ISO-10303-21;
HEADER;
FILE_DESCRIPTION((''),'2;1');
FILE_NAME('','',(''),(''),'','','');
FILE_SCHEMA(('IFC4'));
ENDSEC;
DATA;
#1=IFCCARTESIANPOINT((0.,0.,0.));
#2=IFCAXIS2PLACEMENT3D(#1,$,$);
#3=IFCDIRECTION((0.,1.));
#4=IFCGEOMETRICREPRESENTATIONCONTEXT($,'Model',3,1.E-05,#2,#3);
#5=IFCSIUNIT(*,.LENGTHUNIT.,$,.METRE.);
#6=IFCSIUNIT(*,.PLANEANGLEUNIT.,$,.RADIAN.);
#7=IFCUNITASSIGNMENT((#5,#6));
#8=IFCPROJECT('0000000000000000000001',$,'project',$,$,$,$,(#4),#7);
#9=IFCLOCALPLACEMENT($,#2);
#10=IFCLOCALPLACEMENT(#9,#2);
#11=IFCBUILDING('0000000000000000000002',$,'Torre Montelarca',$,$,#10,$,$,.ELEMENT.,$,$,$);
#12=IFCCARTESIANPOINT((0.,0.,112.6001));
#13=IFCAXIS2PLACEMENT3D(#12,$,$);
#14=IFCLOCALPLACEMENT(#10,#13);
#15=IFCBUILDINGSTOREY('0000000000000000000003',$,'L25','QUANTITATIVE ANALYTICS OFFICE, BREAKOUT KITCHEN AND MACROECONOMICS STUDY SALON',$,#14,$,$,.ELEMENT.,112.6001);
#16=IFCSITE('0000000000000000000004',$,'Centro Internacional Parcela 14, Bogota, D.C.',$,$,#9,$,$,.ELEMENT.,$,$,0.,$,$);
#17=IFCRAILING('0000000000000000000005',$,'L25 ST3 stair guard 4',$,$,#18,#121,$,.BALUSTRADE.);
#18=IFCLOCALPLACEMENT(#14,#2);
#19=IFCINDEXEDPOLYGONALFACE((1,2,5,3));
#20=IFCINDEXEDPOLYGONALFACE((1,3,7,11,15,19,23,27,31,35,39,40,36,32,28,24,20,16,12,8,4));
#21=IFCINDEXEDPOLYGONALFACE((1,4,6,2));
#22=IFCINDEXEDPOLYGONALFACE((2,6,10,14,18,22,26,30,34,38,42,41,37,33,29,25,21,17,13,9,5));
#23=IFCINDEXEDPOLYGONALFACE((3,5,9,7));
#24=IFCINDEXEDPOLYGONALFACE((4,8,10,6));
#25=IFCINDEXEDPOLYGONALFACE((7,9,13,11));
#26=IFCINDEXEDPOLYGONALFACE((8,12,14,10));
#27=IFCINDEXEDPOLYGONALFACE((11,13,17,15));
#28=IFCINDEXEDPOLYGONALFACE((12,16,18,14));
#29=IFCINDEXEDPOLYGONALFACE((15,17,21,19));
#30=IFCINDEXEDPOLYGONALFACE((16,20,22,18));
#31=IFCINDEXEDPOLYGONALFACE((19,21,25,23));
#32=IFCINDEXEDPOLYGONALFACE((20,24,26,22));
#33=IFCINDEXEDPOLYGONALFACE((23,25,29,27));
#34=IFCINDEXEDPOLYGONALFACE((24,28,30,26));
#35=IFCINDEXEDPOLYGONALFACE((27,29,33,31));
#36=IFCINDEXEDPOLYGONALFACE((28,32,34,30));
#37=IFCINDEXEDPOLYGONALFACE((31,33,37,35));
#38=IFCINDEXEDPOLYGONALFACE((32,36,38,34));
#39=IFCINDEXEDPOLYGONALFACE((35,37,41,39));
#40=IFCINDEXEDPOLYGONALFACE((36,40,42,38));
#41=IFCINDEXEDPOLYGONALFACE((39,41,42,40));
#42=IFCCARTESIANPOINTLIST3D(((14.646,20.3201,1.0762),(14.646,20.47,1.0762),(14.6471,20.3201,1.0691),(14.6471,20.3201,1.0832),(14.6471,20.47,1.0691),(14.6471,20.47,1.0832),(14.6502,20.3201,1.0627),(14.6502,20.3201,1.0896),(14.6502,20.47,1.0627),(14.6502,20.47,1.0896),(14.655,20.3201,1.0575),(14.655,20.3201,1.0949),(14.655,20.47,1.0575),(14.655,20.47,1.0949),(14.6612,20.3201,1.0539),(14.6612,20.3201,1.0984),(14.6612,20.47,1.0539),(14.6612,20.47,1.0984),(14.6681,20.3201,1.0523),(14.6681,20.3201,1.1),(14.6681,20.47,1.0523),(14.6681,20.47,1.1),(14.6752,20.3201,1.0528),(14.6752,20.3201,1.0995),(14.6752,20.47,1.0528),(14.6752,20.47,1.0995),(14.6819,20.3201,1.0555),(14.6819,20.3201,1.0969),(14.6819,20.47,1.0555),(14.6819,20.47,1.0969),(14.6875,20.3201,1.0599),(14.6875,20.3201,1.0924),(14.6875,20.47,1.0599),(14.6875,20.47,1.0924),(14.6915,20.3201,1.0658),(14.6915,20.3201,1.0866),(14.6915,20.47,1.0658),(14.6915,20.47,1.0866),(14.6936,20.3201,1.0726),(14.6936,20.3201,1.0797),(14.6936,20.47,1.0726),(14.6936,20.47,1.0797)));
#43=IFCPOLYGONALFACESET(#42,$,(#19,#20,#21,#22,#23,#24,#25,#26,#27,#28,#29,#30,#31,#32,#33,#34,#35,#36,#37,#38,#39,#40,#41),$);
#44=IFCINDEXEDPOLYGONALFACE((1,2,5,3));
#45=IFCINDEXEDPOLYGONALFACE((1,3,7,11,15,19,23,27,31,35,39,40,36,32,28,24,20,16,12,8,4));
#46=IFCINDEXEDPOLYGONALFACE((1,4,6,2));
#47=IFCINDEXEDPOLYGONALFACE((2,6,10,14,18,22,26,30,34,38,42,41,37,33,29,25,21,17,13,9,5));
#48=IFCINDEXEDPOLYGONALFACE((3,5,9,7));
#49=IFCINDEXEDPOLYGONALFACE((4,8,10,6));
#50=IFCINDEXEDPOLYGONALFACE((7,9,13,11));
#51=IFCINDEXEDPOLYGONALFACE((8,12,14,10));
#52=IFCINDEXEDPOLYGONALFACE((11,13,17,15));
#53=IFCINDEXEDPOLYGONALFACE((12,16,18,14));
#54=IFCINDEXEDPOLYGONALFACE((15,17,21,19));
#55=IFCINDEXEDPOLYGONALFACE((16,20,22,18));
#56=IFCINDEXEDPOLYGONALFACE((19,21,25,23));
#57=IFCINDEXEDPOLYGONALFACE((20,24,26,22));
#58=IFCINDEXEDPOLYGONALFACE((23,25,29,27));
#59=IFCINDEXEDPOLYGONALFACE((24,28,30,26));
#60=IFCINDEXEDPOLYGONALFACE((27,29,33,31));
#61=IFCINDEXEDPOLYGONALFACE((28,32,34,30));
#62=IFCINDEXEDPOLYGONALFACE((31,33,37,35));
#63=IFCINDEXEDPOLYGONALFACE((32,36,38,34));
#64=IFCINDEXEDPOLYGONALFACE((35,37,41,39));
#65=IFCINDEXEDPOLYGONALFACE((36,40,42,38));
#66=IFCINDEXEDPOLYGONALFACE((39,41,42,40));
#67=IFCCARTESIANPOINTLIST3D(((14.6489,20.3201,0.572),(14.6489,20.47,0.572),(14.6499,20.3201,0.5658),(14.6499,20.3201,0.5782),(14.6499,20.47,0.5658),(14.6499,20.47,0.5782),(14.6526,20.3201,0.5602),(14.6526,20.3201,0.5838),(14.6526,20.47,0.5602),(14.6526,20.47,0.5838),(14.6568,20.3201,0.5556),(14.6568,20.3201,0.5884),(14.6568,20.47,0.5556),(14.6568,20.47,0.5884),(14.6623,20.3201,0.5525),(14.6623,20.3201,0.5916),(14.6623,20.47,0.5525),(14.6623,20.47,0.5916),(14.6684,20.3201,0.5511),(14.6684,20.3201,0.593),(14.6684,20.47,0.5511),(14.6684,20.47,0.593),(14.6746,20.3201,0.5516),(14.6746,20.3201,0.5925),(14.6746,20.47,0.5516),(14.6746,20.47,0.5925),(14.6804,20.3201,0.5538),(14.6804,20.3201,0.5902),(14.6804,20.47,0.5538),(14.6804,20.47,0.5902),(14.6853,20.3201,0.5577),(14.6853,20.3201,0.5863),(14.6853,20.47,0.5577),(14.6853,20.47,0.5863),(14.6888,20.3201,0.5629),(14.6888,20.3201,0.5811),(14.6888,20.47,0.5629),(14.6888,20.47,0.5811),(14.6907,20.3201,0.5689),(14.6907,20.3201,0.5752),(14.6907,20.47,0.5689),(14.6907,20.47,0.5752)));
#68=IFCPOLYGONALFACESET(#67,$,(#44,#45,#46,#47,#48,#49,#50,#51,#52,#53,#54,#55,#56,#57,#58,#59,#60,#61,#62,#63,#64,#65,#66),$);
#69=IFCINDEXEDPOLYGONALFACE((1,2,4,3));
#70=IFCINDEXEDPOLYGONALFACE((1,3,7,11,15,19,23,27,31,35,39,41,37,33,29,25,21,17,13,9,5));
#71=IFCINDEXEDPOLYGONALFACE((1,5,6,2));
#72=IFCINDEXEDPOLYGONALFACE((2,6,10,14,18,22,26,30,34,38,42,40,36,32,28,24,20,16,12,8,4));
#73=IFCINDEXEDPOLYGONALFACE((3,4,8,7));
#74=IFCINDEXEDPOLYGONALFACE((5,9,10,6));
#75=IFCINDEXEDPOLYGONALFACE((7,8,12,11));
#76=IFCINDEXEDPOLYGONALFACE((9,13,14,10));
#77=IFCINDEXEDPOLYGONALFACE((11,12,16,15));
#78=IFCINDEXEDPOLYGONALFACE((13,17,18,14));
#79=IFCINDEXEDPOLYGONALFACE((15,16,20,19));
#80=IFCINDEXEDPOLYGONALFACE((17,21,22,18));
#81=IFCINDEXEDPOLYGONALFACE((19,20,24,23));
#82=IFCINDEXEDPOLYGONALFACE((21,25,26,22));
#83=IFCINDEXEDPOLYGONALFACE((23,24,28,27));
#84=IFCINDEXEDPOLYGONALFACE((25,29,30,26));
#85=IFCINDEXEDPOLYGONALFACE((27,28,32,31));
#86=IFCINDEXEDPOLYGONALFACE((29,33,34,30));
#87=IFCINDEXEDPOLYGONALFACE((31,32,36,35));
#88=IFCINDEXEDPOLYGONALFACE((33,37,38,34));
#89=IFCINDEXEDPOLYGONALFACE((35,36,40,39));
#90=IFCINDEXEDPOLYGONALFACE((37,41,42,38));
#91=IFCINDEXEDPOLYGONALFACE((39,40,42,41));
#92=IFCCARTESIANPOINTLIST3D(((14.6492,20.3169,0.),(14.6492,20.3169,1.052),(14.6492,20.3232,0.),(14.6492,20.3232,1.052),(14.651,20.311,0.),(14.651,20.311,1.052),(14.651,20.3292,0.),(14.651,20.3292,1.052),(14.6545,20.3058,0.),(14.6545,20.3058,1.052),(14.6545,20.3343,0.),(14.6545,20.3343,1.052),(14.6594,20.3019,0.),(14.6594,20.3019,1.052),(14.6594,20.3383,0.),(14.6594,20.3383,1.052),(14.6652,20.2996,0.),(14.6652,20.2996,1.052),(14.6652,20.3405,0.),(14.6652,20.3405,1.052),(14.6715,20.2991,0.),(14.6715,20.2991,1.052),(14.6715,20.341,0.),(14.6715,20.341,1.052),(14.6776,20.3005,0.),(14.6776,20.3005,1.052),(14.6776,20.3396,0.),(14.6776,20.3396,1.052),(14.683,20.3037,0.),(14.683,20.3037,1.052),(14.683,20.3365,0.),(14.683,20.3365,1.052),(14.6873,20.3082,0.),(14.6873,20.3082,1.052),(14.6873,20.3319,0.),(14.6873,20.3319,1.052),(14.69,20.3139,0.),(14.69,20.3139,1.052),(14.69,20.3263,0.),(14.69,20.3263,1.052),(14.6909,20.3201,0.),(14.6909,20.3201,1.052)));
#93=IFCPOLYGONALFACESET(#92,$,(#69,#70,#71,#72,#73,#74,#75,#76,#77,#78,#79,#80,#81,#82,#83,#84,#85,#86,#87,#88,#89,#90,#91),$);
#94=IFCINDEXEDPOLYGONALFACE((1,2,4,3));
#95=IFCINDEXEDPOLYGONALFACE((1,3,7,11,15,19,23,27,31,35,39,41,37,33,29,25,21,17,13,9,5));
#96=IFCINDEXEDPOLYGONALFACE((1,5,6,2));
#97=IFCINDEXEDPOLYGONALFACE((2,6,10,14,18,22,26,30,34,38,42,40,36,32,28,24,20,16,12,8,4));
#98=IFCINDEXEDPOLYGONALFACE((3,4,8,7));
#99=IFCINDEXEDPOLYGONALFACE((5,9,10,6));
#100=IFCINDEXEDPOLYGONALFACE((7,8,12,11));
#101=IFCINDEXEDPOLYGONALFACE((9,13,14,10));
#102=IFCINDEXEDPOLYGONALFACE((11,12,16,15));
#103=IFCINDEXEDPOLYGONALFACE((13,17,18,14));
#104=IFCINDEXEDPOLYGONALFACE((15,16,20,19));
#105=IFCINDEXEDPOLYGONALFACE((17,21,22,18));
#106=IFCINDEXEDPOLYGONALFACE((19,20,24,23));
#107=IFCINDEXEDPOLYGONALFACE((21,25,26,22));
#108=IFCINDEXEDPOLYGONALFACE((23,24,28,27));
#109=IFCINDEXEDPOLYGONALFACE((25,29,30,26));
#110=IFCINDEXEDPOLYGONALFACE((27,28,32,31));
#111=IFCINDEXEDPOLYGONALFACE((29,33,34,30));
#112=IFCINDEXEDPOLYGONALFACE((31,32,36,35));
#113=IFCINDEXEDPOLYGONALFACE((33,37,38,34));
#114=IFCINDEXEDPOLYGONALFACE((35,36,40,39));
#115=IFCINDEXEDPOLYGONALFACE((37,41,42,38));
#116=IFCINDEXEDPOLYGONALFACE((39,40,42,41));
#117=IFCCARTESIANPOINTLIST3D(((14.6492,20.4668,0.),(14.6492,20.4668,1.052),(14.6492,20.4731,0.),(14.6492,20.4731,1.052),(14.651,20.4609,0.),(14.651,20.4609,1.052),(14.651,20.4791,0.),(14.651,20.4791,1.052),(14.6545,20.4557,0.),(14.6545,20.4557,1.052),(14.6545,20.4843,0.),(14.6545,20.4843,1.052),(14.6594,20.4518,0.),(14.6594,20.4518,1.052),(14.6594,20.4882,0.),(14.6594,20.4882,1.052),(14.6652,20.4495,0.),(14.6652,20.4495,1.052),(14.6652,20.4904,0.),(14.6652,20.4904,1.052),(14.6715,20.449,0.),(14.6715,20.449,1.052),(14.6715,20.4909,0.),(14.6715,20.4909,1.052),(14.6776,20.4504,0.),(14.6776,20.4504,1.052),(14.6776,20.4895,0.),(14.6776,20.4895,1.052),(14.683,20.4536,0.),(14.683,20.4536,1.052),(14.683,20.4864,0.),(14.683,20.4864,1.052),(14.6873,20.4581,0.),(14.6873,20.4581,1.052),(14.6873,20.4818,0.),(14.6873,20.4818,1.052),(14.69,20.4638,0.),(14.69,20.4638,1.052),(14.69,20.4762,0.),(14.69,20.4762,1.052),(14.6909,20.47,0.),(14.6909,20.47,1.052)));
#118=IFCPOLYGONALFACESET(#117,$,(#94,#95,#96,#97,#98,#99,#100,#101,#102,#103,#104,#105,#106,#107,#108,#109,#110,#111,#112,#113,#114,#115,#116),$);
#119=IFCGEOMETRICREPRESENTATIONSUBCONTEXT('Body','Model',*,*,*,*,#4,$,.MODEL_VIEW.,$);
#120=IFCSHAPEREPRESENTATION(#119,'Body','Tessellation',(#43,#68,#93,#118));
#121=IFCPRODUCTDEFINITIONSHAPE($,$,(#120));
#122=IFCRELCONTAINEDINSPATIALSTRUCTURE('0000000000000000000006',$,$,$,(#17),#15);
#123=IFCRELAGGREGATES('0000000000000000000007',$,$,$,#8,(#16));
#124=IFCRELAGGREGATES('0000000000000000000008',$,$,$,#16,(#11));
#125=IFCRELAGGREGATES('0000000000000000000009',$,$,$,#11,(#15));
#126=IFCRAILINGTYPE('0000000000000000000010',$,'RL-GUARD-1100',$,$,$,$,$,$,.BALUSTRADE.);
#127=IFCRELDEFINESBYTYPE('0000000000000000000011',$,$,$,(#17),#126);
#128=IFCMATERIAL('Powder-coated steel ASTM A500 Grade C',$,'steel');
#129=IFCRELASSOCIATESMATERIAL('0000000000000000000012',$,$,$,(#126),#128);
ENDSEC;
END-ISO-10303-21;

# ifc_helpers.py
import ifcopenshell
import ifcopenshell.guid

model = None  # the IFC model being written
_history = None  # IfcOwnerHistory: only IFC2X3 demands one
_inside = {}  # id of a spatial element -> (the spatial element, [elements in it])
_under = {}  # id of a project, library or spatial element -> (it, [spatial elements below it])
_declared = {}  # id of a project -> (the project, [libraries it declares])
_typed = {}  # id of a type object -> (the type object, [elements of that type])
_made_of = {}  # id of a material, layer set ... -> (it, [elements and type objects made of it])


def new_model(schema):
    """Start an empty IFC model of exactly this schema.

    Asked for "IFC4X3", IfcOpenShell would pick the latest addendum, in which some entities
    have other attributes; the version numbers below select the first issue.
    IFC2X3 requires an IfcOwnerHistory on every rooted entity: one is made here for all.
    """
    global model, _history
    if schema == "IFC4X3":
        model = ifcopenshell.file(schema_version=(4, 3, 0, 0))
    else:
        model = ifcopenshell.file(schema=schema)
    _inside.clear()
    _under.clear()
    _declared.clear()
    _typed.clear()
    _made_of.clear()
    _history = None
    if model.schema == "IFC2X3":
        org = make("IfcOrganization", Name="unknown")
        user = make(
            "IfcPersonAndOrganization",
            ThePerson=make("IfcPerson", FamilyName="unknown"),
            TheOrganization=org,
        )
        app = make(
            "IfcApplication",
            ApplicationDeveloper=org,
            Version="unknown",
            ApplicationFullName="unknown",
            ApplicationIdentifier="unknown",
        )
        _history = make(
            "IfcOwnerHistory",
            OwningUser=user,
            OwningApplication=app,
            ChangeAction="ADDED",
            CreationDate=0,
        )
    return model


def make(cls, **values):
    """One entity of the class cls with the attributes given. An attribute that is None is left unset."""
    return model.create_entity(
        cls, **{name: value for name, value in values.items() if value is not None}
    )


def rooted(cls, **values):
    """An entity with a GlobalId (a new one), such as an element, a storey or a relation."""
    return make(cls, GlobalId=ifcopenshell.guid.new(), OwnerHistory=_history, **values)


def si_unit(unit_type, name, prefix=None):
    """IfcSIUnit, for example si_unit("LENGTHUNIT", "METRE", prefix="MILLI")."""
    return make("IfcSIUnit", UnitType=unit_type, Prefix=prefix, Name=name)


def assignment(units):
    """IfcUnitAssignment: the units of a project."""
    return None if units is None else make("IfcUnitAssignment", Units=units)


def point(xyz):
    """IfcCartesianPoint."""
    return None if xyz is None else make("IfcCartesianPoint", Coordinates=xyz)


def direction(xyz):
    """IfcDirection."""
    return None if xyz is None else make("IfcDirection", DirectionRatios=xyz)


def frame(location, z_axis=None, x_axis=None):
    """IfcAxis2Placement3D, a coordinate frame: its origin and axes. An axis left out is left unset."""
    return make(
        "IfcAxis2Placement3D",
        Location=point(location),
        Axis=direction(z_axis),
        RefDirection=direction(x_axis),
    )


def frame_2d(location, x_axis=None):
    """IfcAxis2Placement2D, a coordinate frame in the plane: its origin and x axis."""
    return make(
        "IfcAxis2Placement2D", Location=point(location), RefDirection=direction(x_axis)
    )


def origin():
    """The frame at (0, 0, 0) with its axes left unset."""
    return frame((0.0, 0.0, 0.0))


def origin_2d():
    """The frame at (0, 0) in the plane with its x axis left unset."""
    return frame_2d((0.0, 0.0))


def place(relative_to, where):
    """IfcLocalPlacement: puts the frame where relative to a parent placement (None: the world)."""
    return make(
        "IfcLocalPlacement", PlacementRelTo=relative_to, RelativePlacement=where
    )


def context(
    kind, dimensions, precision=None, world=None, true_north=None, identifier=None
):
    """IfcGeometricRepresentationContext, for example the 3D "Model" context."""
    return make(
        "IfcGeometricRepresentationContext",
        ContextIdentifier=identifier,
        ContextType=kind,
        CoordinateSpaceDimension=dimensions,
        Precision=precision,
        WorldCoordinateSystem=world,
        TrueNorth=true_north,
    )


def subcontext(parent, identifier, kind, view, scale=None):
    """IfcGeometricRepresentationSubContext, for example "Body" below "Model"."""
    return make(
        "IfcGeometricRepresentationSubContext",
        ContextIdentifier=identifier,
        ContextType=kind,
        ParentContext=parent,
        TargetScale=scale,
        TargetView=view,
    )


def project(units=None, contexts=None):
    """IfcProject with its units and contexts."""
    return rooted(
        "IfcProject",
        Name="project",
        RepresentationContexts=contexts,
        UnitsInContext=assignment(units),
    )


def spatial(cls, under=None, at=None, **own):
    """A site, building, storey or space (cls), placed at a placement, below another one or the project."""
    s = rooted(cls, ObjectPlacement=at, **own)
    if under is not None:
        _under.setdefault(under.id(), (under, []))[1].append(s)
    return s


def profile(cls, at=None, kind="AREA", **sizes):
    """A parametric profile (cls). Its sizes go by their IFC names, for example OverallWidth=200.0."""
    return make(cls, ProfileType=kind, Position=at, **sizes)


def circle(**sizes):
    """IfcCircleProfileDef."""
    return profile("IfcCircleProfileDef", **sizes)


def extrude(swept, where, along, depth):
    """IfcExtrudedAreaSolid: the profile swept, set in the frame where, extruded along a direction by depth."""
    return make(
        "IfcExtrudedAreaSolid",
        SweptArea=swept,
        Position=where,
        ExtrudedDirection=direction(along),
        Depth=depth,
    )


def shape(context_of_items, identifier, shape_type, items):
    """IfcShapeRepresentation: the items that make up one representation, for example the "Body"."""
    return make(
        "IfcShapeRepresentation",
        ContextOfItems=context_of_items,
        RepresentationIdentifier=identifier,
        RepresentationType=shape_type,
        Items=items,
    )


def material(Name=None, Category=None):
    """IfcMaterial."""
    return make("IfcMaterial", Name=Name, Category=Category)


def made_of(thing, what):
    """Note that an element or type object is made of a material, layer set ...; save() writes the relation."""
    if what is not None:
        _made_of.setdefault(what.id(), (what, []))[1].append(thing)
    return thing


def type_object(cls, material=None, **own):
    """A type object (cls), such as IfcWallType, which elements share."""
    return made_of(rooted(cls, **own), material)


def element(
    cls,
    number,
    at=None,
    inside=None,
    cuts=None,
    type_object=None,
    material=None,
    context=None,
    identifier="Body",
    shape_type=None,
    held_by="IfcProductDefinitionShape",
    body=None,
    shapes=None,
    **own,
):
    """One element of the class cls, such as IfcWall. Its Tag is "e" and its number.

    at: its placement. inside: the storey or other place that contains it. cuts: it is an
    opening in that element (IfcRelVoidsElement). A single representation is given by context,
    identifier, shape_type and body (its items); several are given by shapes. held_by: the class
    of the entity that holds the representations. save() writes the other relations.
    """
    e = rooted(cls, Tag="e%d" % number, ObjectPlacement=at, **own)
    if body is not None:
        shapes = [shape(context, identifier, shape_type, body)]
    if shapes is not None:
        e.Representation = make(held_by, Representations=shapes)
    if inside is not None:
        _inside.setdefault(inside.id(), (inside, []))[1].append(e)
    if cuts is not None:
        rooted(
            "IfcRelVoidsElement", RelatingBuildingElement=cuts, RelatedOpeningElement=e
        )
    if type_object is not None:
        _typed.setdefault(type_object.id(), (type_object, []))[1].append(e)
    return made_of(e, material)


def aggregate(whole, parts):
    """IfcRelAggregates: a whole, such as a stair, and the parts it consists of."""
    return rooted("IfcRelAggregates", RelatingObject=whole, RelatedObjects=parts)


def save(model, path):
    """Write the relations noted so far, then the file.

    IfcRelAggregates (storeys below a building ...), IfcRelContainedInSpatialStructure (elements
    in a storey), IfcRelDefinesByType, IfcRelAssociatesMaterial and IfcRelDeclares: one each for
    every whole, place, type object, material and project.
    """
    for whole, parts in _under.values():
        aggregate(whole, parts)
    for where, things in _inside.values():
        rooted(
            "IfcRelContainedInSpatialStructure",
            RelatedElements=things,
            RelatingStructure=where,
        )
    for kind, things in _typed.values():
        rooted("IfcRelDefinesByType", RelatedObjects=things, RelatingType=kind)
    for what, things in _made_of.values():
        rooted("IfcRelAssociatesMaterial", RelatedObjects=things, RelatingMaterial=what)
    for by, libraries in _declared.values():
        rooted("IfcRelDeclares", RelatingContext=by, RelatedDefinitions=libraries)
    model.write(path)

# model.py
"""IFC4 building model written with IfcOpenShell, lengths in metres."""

from ifc_helpers import new_model, si_unit, direction, frame, origin, origin_2d, place, context, subcontext, project, spatial, circle, extrude, material, type_object, element, save


model = new_model("IFC4")

# Units and contexts
model_context = context("Model", 3, precision=1e-05, world=origin(), true_north=direction((0.0, 1.0)))
body_context = subcontext(model_context, "Body", "Model", "MODEL_VIEW")
ifc_project = project(units=[si_unit("LENGTHUNIT", "METRE"), si_unit("PLANEANGLEUNIT", "RADIAN")], contexts=[model_context])

# Site, building, storey
site_placement = place(None, origin())
site = spatial("IfcSite", under=ifc_project, at=site_placement, Name="Centro Internacional Parcela 14, Bogota, D.C.", CompositionType="ELEMENT", RefElevation=0.0)
building_placement = place(site_placement, origin())
building = spatial("IfcBuilding", under=site, at=building_placement, Name="Torre Montelarca", CompositionType="ELEMENT")
storey_placement = place(building_placement, frame((0.0, 0.0, 112.6001)))
storey = spatial("IfcBuildingStorey", under=building, at=storey_placement, Name="L25", Description="QUANTITATIVE ANALYTICS OFFICE, BREAKOUT KITCHEN AND MACROECONOMICS STUDY SALON", CompositionType="ELEMENT", Elevation=112.6001)

# Railing
ifc_material_1 = material(Name="Powder-coated steel ASTM A500 Grade C", Category="steel")
railing_type_1 = type_object("IfcRailingType", Name="RL-GUARD-1100", PredefinedType="BALUSTRADE", material=ifc_material_1)
railing_1_placement = place(storey_placement, frame((14.6699, 20.3201, 0.0)))
element("IfcRailing", 1, at=railing_1_placement, inside=storey, type_object=railing_type_1, Name="L25 ST3 stair guard 4", PredefinedType="BALUSTRADE", context=body_context, shape_type="SweptSolid", body=[
    extrude(circle(Radius=0.0239, at=origin_2d()), frame((0.0, 0.0, 1.0762), z_axis=(0.0, 1.0, 0.0), x_axis=(-1.0, 0.0, 0.0)), (0.0, 0.0, 1.0), 0.1499),
    extrude(circle(Radius=0.021, at=origin_2d()), frame((0.0, 0.0, 0.572), z_axis=(0.0, 1.0, 0.0), x_axis=(-1.0, 0.0, 0.0)), (0.0, 0.0, 1.0), 0.1499),
    extrude(circle(Radius=0.021, at=origin_2d()), origin(), (0.0, 0.0, 1.0), 1.052),
    extrude(circle(Radius=0.021, at=origin_2d()), frame((0.0, 0.1499, 0.0)), (0.0, 0.0, 1.0), 1.052),
])

save(model, "model.ifc")
